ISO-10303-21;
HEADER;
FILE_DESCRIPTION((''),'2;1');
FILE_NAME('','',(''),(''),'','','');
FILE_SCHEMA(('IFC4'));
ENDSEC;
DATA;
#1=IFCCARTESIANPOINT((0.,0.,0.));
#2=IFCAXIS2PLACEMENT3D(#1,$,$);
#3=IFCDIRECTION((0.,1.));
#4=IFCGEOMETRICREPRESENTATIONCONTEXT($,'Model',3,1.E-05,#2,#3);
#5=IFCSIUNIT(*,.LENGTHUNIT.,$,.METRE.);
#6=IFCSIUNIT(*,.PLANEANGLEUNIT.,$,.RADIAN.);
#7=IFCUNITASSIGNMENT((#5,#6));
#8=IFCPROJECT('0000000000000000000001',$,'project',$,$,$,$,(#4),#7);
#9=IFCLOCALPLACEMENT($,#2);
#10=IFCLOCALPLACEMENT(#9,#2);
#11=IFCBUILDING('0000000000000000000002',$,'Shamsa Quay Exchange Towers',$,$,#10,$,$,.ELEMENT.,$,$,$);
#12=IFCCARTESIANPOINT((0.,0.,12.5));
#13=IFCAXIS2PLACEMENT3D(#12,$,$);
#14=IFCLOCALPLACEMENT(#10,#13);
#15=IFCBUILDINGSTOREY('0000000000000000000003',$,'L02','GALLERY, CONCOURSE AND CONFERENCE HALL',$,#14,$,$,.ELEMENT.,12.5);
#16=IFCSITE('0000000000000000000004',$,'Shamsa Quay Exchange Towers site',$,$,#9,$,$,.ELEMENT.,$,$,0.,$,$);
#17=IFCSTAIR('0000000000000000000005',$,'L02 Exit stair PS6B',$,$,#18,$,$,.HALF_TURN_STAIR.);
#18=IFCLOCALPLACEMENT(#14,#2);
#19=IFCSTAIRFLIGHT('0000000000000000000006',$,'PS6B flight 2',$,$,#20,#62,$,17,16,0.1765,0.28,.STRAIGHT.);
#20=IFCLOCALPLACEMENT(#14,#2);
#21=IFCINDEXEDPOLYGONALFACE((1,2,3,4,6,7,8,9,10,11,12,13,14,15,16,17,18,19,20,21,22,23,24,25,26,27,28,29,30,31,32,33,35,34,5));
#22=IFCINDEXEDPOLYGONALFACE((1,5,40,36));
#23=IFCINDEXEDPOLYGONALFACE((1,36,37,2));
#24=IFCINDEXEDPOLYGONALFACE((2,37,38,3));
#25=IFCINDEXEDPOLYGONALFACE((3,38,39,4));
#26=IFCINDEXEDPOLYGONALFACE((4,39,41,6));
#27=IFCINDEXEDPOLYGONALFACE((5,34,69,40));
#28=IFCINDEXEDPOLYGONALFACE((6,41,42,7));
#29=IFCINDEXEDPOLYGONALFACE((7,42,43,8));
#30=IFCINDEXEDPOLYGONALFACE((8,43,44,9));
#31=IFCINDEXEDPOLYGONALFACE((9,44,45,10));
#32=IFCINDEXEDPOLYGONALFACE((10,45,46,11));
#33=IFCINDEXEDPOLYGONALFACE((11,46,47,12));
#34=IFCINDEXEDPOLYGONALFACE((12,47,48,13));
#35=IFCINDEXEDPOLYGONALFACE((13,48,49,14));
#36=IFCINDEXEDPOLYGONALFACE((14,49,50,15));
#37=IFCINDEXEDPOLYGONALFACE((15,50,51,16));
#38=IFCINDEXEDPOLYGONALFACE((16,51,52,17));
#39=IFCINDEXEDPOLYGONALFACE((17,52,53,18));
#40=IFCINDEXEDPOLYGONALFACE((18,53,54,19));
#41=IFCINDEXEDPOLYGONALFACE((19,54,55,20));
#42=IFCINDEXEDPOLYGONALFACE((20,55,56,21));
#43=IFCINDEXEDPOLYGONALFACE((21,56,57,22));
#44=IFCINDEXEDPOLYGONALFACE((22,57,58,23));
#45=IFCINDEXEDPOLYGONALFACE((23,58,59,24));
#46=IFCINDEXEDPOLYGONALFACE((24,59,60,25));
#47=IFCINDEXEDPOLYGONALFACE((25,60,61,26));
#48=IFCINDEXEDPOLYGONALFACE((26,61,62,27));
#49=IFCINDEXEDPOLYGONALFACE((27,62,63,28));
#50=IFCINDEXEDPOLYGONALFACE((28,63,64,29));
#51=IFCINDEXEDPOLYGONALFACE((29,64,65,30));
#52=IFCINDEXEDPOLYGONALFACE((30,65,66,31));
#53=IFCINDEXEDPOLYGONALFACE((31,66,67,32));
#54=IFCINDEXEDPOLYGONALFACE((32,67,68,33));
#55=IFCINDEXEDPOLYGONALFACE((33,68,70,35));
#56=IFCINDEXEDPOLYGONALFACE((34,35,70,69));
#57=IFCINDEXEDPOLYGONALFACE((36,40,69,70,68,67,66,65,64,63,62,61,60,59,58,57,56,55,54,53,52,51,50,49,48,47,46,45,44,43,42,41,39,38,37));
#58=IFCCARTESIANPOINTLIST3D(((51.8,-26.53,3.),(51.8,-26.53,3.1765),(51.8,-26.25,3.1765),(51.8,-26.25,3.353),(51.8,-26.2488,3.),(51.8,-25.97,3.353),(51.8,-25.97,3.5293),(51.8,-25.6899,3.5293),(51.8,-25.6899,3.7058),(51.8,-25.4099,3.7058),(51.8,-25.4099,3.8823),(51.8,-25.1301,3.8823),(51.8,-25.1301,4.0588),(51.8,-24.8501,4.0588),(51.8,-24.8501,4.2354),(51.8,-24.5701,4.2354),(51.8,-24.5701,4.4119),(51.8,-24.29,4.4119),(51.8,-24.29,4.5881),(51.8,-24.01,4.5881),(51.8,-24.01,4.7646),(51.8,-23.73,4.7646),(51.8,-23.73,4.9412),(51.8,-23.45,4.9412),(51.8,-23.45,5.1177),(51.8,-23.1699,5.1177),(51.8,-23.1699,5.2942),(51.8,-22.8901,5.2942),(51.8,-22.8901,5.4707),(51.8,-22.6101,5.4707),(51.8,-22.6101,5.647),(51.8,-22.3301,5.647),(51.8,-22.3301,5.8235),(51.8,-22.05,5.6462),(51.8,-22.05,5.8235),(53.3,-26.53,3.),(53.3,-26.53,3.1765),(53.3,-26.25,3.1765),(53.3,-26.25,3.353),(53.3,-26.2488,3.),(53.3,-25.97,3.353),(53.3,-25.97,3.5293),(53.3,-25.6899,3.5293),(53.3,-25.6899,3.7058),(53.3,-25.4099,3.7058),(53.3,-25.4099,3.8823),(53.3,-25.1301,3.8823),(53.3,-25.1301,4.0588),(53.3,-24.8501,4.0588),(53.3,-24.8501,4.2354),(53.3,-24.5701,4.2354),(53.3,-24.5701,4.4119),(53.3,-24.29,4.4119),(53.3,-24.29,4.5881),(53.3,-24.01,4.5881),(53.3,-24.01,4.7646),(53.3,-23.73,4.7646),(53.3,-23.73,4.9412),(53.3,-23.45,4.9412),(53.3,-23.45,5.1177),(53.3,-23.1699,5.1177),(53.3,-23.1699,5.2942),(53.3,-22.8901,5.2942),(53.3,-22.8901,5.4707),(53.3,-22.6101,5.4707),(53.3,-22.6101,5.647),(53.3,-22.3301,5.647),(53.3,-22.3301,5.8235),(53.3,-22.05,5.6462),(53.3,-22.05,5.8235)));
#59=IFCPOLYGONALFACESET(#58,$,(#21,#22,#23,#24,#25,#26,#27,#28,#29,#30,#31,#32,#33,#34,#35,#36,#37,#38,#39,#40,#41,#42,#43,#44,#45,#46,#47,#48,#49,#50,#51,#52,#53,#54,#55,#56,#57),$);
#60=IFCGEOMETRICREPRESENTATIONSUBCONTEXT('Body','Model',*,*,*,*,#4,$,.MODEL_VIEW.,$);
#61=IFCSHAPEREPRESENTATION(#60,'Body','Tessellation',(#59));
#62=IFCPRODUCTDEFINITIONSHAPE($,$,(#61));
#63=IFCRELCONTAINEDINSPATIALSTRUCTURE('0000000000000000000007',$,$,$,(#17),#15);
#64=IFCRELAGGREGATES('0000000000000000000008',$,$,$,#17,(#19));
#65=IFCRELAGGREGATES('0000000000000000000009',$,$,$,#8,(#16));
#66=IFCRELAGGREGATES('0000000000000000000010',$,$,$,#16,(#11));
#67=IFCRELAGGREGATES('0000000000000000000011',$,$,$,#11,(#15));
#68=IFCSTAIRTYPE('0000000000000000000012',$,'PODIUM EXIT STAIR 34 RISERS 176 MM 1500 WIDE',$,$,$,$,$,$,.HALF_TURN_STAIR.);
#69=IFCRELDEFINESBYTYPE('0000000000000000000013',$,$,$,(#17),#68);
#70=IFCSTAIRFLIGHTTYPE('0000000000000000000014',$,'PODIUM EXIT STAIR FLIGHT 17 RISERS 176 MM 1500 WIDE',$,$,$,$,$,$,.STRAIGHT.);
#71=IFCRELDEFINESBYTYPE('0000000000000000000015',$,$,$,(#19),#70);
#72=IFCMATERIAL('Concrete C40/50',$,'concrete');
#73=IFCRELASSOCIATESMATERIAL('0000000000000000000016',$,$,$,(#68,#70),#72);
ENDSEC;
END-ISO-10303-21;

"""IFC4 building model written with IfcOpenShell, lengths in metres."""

from ifc_helpers import new_model, si_unit, direction, frame, origin, place, context, subcontext, project, spatial, polyline, outline, extrude, material, type_object, element, aggregate, save


model = new_model("IFC4")

# Units and contexts
model_context = context("Model", 3, precision=1e-05, world=origin(), true_north=direction((0.0, 1.0)))
body_context = subcontext(model_context, "Body", "Model", "MODEL_VIEW")
ifc_project = project(units=[si_unit("LENGTHUNIT", "METRE"), si_unit("PLANEANGLEUNIT", "RADIAN")], contexts=[model_context])

# Site, building, storey
site_placement = place(None, origin())
site = spatial("IfcSite", under=ifc_project, at=site_placement, Name="Shamsa Quay Exchange Towers site", CompositionType="ELEMENT", RefElevation=0.0)
building_placement = place(site_placement, origin())
building = spatial("IfcBuilding", under=site, at=building_placement, Name="Shamsa Quay Exchange Towers", CompositionType="ELEMENT")
storey_placement = place(building_placement, frame((0.0, 0.0, 12.5)))
storey = spatial("IfcBuildingStorey", under=building, at=storey_placement, Name="L02", Description="GALLERY, CONCOURSE AND CONFERENCE HALL", CompositionType="ELEMENT", Elevation=12.5)

# Stair, stair flight
ifc_material_1 = material(Name="Concrete C40/50", Category="concrete")
stair_type = type_object("IfcStairType", Name="PODIUM EXIT STAIR 34 RISERS 176 MM 1500 WIDE", PredefinedType="HALF_TURN_STAIR", material=ifc_material_1)
stair_flight_type = type_object("IfcStairFlightType", Name="PODIUM EXIT STAIR FLIGHT 17 RISERS 176 MM 1500 WIDE", PredefinedType="STRAIGHT", material=ifc_material_1)
stair_1_placement = place(storey_placement, origin())
stair_1 = element("IfcStair", 1, at=stair_1_placement, inside=storey, type_object=stair_type, Name="L02 Exit stair PS6B", PredefinedType="HALF_TURN_STAIR")
stair_flight_1_placement = place(storey_placement, frame((52.55, -26.53, 3.0), z_axis=(0.0, 0.0, 1.0), x_axis=(0.0, 1.0, 0.0)))
stair_flight_1 = element("IfcStairFlight", 2, at=stair_flight_1_placement, type_object=stair_flight_type, Name="PS6B flight 2", NumberOfRisers=17, NumberOfTreads=16, PredefinedType="STRAIGHT", RiserHeight=0.1765, TreadLength=0.28, context=body_context, shape_type="SweptSolid", body=[
    extrude(outline(polyline([(0.0, 0.0), (0.0, 0.1765), (0.28, 0.1765), (0.28, 0.353), (0.5601, 0.353), (0.5601, 0.5293), (0.8401, 0.5293), (0.8401, 0.7058), (1.1201, 0.7058), (1.1201, 0.8823), (1.3999, 0.8823), (1.3999, 1.0588), (1.6799, 1.0588), (1.6799, 1.2354), (1.96, 1.2354), (1.96, 1.4119), (2.24, 1.4119), (2.24, 1.5881), (2.52, 1.5881), (2.52, 1.7646), (2.8, 1.7646), (2.8, 1.9412), (3.0801, 1.9412), (3.0801, 2.1177), (3.3601, 2.1177), (3.3601, 2.2942), (3.6399, 2.2942), (3.6399, 2.4707), (3.9199, 2.4707), (3.9199, 2.647), (4.2, 2.647), (4.2, 2.8235), (4.48, 2.8235), (4.48, 3.0), (4.48, 2.6462), (0.2812, 0.0), (0.0, 0.0)])), frame((0.0, 0.75, 0.0), z_axis=(0.0, -1.0, 0.0), x_axis=(1.0, 0.0, 0.0)), (0.0, 0.0, 1.0), 1.5),
])
aggregate(stair_1, [stair_flight_1])

save(model, "model.ifc")
